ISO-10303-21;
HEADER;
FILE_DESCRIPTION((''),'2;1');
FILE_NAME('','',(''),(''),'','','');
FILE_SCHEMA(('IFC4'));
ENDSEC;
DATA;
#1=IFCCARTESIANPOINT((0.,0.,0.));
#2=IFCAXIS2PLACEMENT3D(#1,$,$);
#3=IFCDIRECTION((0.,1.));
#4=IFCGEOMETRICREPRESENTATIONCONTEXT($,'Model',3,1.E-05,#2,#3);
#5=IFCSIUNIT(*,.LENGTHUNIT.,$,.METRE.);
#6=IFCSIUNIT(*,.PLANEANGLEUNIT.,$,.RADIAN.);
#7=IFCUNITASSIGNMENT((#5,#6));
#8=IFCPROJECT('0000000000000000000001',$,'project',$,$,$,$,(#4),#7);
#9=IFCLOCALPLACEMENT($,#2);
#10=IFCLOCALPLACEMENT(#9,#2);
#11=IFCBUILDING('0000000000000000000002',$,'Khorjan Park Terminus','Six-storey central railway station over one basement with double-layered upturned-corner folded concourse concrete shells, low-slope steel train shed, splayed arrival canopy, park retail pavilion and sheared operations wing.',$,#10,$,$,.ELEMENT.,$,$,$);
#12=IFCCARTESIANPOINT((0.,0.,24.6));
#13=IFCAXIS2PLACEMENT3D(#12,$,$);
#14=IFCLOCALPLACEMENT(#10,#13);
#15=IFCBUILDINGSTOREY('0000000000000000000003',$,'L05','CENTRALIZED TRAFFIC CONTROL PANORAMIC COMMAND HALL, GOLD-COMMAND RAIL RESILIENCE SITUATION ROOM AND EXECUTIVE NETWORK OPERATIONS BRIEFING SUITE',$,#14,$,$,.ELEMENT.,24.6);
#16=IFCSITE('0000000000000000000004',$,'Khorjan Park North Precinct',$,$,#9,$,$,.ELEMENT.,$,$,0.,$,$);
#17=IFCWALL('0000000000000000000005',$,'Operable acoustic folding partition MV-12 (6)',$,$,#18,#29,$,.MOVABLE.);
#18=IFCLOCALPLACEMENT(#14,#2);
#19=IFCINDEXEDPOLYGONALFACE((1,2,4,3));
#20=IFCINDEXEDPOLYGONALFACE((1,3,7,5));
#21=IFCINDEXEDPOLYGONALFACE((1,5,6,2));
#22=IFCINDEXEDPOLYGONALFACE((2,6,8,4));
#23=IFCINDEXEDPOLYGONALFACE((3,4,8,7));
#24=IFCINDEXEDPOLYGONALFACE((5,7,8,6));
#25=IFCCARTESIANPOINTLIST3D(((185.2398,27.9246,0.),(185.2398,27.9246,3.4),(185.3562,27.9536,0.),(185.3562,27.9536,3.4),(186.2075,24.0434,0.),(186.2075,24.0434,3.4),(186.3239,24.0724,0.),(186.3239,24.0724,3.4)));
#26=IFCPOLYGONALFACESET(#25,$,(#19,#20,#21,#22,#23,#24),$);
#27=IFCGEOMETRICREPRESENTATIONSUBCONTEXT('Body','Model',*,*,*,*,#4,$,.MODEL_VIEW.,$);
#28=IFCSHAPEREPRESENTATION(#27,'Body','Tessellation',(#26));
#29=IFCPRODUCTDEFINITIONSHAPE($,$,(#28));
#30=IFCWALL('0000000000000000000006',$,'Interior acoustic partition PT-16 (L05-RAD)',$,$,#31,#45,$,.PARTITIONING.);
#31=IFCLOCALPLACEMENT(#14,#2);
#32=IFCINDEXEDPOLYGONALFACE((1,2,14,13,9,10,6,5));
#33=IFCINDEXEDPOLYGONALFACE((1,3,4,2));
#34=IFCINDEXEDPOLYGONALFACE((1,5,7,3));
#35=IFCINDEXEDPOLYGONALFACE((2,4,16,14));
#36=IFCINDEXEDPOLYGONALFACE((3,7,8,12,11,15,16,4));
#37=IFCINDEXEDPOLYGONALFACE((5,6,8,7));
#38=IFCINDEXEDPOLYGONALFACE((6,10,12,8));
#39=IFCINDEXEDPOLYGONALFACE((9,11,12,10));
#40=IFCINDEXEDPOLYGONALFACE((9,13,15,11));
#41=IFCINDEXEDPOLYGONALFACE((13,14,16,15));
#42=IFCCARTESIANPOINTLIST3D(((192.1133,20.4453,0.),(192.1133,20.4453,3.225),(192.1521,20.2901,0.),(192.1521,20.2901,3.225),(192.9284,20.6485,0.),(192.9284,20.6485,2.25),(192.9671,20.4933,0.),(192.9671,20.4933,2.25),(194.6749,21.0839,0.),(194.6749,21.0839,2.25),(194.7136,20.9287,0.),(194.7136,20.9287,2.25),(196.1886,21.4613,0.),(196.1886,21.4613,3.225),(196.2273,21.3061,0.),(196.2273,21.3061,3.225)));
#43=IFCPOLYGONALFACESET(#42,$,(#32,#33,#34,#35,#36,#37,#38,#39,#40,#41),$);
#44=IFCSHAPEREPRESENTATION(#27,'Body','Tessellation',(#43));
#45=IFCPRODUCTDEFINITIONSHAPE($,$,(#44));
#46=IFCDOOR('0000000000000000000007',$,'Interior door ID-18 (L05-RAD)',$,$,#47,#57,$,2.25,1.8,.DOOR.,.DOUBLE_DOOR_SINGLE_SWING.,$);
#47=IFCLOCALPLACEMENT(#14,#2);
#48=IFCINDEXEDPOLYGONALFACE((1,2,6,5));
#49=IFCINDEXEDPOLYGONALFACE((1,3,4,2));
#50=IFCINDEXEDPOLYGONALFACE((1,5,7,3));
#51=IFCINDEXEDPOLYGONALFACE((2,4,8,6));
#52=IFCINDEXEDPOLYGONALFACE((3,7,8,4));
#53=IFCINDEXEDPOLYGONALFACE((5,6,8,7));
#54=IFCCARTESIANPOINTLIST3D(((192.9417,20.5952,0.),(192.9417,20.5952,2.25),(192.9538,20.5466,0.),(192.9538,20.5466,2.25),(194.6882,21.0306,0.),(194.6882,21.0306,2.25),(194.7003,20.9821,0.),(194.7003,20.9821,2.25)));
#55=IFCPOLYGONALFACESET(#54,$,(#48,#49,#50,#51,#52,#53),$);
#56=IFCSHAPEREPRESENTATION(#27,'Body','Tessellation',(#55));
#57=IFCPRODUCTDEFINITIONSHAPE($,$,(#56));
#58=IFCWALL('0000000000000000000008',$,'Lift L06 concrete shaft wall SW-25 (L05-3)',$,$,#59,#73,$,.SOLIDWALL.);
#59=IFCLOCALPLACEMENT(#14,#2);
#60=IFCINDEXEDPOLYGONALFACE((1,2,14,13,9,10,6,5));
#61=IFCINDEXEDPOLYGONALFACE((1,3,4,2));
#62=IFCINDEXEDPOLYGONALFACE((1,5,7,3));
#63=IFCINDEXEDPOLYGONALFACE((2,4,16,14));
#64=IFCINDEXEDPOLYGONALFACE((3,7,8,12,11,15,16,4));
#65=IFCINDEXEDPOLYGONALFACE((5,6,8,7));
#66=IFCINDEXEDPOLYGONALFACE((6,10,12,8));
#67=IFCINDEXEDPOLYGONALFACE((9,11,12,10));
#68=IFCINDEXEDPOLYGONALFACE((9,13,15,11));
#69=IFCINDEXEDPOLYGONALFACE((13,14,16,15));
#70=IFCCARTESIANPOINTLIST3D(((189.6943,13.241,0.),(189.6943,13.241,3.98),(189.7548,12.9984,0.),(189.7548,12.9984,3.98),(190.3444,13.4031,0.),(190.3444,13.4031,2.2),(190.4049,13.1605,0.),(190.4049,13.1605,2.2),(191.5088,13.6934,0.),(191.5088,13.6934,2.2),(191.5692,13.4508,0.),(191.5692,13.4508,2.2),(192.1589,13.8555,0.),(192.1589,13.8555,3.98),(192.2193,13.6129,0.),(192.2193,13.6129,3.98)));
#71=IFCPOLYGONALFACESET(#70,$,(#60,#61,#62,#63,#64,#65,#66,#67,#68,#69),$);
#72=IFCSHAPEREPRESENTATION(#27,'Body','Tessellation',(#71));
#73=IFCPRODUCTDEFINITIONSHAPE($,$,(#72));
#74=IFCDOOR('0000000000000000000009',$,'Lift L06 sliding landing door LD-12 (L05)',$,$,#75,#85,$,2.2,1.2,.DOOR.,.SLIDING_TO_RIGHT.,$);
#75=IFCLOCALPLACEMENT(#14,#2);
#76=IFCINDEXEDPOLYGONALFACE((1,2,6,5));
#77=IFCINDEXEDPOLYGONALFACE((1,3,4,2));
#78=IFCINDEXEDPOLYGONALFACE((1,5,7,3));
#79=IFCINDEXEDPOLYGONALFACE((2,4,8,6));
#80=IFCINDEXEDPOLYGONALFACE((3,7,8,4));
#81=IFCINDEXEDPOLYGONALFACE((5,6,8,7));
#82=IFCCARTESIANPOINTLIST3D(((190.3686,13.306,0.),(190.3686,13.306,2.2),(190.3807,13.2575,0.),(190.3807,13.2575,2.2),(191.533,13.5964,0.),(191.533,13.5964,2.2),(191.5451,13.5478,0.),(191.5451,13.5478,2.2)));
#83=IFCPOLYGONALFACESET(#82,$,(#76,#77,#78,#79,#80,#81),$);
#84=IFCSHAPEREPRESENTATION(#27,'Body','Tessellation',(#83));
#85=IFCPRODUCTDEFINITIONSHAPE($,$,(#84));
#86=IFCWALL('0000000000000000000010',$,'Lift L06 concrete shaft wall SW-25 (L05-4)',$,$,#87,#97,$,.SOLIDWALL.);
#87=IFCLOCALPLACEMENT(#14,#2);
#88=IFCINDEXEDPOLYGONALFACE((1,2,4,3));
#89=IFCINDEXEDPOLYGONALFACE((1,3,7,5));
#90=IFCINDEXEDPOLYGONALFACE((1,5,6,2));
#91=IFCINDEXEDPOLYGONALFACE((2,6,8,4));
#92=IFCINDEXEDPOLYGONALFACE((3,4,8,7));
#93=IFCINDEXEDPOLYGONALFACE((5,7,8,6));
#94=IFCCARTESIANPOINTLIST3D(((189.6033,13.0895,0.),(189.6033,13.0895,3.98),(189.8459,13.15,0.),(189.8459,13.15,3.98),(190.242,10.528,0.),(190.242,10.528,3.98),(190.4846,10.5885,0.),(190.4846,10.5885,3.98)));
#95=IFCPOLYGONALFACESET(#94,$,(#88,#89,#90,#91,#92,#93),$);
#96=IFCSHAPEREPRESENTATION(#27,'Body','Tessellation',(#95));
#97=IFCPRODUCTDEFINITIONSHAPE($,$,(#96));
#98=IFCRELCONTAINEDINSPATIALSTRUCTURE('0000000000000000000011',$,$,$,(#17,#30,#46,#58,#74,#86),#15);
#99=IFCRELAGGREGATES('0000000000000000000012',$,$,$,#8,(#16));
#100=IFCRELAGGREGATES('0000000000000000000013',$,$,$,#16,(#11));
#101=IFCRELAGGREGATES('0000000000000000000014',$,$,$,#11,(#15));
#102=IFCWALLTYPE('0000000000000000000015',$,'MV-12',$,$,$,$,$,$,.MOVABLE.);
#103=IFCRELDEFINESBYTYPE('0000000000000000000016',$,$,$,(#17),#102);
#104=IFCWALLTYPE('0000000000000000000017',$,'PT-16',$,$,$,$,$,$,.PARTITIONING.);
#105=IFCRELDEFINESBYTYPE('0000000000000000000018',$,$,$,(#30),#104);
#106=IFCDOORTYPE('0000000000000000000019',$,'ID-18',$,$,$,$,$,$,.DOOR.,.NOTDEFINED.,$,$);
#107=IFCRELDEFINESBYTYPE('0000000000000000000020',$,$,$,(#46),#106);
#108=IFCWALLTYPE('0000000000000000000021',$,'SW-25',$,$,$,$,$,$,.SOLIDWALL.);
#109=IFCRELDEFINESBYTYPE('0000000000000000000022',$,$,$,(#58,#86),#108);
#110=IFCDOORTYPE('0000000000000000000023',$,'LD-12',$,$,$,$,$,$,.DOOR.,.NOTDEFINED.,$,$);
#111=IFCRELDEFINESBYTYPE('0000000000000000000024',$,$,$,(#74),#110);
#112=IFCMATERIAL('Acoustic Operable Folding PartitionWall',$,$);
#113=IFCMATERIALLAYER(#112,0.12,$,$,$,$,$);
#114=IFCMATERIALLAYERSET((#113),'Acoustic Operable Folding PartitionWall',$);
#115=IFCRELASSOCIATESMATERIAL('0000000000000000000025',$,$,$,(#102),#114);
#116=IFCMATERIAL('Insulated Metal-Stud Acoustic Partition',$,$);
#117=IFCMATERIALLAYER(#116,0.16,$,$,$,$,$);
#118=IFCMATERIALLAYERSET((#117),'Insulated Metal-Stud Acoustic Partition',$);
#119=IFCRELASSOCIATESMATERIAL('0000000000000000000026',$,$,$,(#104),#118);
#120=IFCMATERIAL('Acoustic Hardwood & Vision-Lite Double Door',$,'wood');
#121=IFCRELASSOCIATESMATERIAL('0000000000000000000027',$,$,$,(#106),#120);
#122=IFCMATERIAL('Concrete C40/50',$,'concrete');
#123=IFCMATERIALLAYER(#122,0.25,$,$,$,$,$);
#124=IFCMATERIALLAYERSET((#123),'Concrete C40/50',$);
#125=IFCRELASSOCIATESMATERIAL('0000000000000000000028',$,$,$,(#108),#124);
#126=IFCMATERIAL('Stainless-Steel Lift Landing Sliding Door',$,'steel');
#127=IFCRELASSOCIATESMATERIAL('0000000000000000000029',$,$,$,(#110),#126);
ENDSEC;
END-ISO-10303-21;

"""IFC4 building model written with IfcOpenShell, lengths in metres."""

from ifc_helpers import new_model, si_unit, direction, frame, frame_2d, origin, place, context, subcontext, project, spatial, rectangle, extrude, material, layer, layer_set, type_object, element, fill, save


model = new_model("IFC4")

# Units and contexts
model_context = context("Model", 3, precision=1e-05, world=origin(), true_north=direction((0.0, 1.0)))
body_context = subcontext(model_context, "Body", "Model", "MODEL_VIEW")
ifc_project = project(units=[si_unit("LENGTHUNIT", "METRE"), si_unit("PLANEANGLEUNIT", "RADIAN")], contexts=[model_context])

# Site, building, storey
site_placement = place(None, origin())
site = spatial("IfcSite", under=ifc_project, at=site_placement, Name="Khorjan Park North Precinct", CompositionType="ELEMENT", RefElevation=0.0)
building_placement = place(site_placement, origin())
building = spatial("IfcBuilding", under=site, at=building_placement, Name="Khorjan Park Terminus", Description="Six-storey central railway station over one basement with double-layered upturned-corner folded concourse concrete shells, low-slope steel train shed, splayed arrival canopy, park retail pavilion and sheared operations wing.", CompositionType="ELEMENT")
storey_placement = place(building_placement, frame((0.0, 0.0, 24.6)))
storey = spatial("IfcBuildingStorey", under=building, at=storey_placement, Name="L05", Description="CENTRALIZED TRAFFIC CONTROL PANORAMIC COMMAND HALL, GOLD-COMMAND RAIL RESILIENCE SITUATION ROOM AND EXECUTIVE NETWORK OPERATIONS BRIEFING SUITE", CompositionType="ELEMENT", Elevation=24.6)

# Shared definitions
ifc_material_1 = material(Name="Concrete C40/50", Category="concrete")

# Wall
ifc_material_2 = material(Name="Acoustic Operable Folding PartitionWall")
ifc_layer_1 = layer(ifc_material_2, 0.12)
ifc_layer_set_1 = layer_set([ifc_layer_1], Name="Acoustic Operable Folding PartitionWall")
wall_type_1 = type_object("IfcWallType", Name="MV-12", PredefinedType="MOVABLE", material=ifc_layer_set_1)
wall_1_placement = place(storey_placement, frame((186.2657, 24.0579, 0.0), z_axis=(0.0, 0.0, 1.0), x_axis=(-0.241924, 0.970295, 0.0)))
element("IfcWall", 1, at=wall_1_placement, inside=storey, type_object=wall_type_1, Name="Operable acoustic folding partition MV-12 (6)", PredefinedType="MOVABLE", context=body_context, shape_type="SweptSolid", body=[
    extrude(rectangle(XDim=4.0, YDim=0.12, at=frame_2d((2.0, 0.0))), origin(), (0.0, 0.0, 1.0), 3.4),
])

# Walls, openings, doors
ifc_material_3 = material(Name="Insulated Metal-Stud Acoustic Partition")
ifc_layer_2 = layer(ifc_material_3, 0.16)
ifc_layer_set_2 = layer_set([ifc_layer_2], Name="Insulated Metal-Stud Acoustic Partition")
wall_type_2 = type_object("IfcWallType", Name="PT-16", PredefinedType="PARTITIONING", material=ifc_layer_set_2)
wall_2_placement = place(storey_placement, frame((192.1327, 20.3677, 0.0), z_axis=(0.0, 0.0, 1.0), x_axis=(0.970301, 0.241903, 0.0)))
wall_2 = element("IfcWall", 2, at=wall_2_placement, inside=storey, type_object=wall_type_2, Name="Interior acoustic partition PT-16 (L05-RAD)", PredefinedType="PARTITIONING", context=body_context, shape_type="SweptSolid", body=[
    extrude(rectangle(XDim=4.2, YDim=0.16, at=frame_2d((2.1, 0.0))), origin(), (0.0, 0.0, 1.0), 3.225),
])
opening_1_placement = place(wall_2_placement, frame((0.84, 0.0, 0.0)))
opening_1 = element("IfcOpeningElement", 3, at=opening_1_placement, cuts=wall_2, PredefinedType="OPENING", context=body_context, shape_type="SweptSolid", body=[
    extrude(rectangle(XDim=1.8, YDim=2.25, at=frame_2d((0.9, 1.125))), frame((0.0, 0.09, 0.0), z_axis=(0.0, -1.0, 0.0), x_axis=(1.0, 0.0, 0.0)), (0.0, 0.0, 1.0), 0.18),
])
ifc_material_4 = material(Name="Acoustic Hardwood & Vision-Lite Double Door", Category="wood")
door_type_1 = type_object("IfcDoorType", Name="ID-18", OperationType="NOTDEFINED", PredefinedType="DOOR", material=ifc_material_4)
door_1_placement = place(opening_1_placement, origin())
door_1 = element("IfcDoor", 4, at=door_1_placement, inside=storey, type_object=door_type_1, Name="Interior door ID-18 (L05-RAD)", OperationType="DOUBLE_DOOR_SINGLE_SWING", OverallHeight=2.25, OverallWidth=1.8, PredefinedType="DOOR", context=body_context, shape_type="SweptSolid", body=[
    extrude(rectangle(XDim=1.8, YDim=2.25, at=frame_2d((0.9, 1.125))), frame((0.0, 0.025, 0.0), z_axis=(0.0, -1.0, 0.0), x_axis=(1.0, 0.0, 0.0)), (0.0, 0.0, 1.0), 0.05),
])
fill(opening_1, door_1)
ifc_layer_3 = layer(ifc_material_1, 0.25)
ifc_layer_set_3 = layer_set([ifc_layer_3], Name="Concrete C40/50")
wall_type_3 = type_object("IfcWallType", Name="SW-25", PredefinedType="SOLIDWALL", material=ifc_layer_set_3)
wall_3_placement = place(storey_placement, frame((192.1891, 13.7342, 0.0), z_axis=(0.0, 0.0, 1.0), x_axis=(-0.970293, -0.241933, 0.0)))
wall_3 = element("IfcWall", 5, at=wall_3_placement, inside=storey, type_object=wall_type_3, Name="Lift L06 concrete shaft wall SW-25 (L05-3)", PredefinedType="SOLIDWALL", context=body_context, shape_type="SweptSolid", body=[
    extrude(rectangle(XDim=2.54, YDim=0.25, at=frame_2d((1.27, 0.0))), origin(), (0.0, 0.0, 1.0), 3.98),
])
opening_2_placement = place(wall_3_placement, frame((0.67, 0.0, 0.0)))
opening_2 = element("IfcOpeningElement", 6, at=opening_2_placement, cuts=wall_3, PredefinedType="OPENING", context=body_context, shape_type="SweptSolid", body=[
    extrude(rectangle(XDim=1.2, YDim=2.2, at=frame_2d((0.6, 1.1))), frame((0.0, 0.135, 0.0), z_axis=(0.0, -1.0, 0.0), x_axis=(1.0, 0.0, 0.0)), (0.0, 0.0, 1.0), 0.27),
])
ifc_material_5 = material(Name="Stainless-Steel Lift Landing Sliding Door", Category="steel")
door_type_2 = type_object("IfcDoorType", Name="LD-12", OperationType="NOTDEFINED", PredefinedType="DOOR", material=ifc_material_5)
door_2_placement = place(opening_2_placement, origin())
door_2 = element("IfcDoor", 7, at=door_2_placement, inside=storey, type_object=door_type_2, Name="Lift L06 sliding landing door LD-12 (L05)", OperationType="SLIDING_TO_RIGHT", OverallHeight=2.2, OverallWidth=1.2, PredefinedType="DOOR", context=body_context, shape_type="SweptSolid", body=[
    extrude(rectangle(XDim=1.2, YDim=2.2, at=frame_2d((0.6, 1.1))), frame((0.0, 0.025, 0.0), z_axis=(0.0, -1.0, 0.0), x_axis=(1.0, 0.0, 0.0)), (0.0, 0.0, 1.0), 0.05),
])
fill(opening_2, door_2)

# Wall
wall_4_placement = place(storey_placement, frame((189.7246, 13.1197, 0.0), z_axis=(0.0, 0.0, 1.0), x_axis=(0.241938, -0.970292, 0.0)))
element("IfcWall", 8, at=wall_4_placement, inside=storey, type_object=wall_type_3, Name="Lift L06 concrete shaft wall SW-25 (L05-4)", PredefinedType="SOLIDWALL", context=body_context, shape_type="SweptSolid", body=[
    extrude(rectangle(XDim=2.6399, YDim=0.25, at=frame_2d((1.3199, 0.0))), origin(), (0.0, 0.0, 1.0), 3.98),
])

save(model, "model.ifc")
